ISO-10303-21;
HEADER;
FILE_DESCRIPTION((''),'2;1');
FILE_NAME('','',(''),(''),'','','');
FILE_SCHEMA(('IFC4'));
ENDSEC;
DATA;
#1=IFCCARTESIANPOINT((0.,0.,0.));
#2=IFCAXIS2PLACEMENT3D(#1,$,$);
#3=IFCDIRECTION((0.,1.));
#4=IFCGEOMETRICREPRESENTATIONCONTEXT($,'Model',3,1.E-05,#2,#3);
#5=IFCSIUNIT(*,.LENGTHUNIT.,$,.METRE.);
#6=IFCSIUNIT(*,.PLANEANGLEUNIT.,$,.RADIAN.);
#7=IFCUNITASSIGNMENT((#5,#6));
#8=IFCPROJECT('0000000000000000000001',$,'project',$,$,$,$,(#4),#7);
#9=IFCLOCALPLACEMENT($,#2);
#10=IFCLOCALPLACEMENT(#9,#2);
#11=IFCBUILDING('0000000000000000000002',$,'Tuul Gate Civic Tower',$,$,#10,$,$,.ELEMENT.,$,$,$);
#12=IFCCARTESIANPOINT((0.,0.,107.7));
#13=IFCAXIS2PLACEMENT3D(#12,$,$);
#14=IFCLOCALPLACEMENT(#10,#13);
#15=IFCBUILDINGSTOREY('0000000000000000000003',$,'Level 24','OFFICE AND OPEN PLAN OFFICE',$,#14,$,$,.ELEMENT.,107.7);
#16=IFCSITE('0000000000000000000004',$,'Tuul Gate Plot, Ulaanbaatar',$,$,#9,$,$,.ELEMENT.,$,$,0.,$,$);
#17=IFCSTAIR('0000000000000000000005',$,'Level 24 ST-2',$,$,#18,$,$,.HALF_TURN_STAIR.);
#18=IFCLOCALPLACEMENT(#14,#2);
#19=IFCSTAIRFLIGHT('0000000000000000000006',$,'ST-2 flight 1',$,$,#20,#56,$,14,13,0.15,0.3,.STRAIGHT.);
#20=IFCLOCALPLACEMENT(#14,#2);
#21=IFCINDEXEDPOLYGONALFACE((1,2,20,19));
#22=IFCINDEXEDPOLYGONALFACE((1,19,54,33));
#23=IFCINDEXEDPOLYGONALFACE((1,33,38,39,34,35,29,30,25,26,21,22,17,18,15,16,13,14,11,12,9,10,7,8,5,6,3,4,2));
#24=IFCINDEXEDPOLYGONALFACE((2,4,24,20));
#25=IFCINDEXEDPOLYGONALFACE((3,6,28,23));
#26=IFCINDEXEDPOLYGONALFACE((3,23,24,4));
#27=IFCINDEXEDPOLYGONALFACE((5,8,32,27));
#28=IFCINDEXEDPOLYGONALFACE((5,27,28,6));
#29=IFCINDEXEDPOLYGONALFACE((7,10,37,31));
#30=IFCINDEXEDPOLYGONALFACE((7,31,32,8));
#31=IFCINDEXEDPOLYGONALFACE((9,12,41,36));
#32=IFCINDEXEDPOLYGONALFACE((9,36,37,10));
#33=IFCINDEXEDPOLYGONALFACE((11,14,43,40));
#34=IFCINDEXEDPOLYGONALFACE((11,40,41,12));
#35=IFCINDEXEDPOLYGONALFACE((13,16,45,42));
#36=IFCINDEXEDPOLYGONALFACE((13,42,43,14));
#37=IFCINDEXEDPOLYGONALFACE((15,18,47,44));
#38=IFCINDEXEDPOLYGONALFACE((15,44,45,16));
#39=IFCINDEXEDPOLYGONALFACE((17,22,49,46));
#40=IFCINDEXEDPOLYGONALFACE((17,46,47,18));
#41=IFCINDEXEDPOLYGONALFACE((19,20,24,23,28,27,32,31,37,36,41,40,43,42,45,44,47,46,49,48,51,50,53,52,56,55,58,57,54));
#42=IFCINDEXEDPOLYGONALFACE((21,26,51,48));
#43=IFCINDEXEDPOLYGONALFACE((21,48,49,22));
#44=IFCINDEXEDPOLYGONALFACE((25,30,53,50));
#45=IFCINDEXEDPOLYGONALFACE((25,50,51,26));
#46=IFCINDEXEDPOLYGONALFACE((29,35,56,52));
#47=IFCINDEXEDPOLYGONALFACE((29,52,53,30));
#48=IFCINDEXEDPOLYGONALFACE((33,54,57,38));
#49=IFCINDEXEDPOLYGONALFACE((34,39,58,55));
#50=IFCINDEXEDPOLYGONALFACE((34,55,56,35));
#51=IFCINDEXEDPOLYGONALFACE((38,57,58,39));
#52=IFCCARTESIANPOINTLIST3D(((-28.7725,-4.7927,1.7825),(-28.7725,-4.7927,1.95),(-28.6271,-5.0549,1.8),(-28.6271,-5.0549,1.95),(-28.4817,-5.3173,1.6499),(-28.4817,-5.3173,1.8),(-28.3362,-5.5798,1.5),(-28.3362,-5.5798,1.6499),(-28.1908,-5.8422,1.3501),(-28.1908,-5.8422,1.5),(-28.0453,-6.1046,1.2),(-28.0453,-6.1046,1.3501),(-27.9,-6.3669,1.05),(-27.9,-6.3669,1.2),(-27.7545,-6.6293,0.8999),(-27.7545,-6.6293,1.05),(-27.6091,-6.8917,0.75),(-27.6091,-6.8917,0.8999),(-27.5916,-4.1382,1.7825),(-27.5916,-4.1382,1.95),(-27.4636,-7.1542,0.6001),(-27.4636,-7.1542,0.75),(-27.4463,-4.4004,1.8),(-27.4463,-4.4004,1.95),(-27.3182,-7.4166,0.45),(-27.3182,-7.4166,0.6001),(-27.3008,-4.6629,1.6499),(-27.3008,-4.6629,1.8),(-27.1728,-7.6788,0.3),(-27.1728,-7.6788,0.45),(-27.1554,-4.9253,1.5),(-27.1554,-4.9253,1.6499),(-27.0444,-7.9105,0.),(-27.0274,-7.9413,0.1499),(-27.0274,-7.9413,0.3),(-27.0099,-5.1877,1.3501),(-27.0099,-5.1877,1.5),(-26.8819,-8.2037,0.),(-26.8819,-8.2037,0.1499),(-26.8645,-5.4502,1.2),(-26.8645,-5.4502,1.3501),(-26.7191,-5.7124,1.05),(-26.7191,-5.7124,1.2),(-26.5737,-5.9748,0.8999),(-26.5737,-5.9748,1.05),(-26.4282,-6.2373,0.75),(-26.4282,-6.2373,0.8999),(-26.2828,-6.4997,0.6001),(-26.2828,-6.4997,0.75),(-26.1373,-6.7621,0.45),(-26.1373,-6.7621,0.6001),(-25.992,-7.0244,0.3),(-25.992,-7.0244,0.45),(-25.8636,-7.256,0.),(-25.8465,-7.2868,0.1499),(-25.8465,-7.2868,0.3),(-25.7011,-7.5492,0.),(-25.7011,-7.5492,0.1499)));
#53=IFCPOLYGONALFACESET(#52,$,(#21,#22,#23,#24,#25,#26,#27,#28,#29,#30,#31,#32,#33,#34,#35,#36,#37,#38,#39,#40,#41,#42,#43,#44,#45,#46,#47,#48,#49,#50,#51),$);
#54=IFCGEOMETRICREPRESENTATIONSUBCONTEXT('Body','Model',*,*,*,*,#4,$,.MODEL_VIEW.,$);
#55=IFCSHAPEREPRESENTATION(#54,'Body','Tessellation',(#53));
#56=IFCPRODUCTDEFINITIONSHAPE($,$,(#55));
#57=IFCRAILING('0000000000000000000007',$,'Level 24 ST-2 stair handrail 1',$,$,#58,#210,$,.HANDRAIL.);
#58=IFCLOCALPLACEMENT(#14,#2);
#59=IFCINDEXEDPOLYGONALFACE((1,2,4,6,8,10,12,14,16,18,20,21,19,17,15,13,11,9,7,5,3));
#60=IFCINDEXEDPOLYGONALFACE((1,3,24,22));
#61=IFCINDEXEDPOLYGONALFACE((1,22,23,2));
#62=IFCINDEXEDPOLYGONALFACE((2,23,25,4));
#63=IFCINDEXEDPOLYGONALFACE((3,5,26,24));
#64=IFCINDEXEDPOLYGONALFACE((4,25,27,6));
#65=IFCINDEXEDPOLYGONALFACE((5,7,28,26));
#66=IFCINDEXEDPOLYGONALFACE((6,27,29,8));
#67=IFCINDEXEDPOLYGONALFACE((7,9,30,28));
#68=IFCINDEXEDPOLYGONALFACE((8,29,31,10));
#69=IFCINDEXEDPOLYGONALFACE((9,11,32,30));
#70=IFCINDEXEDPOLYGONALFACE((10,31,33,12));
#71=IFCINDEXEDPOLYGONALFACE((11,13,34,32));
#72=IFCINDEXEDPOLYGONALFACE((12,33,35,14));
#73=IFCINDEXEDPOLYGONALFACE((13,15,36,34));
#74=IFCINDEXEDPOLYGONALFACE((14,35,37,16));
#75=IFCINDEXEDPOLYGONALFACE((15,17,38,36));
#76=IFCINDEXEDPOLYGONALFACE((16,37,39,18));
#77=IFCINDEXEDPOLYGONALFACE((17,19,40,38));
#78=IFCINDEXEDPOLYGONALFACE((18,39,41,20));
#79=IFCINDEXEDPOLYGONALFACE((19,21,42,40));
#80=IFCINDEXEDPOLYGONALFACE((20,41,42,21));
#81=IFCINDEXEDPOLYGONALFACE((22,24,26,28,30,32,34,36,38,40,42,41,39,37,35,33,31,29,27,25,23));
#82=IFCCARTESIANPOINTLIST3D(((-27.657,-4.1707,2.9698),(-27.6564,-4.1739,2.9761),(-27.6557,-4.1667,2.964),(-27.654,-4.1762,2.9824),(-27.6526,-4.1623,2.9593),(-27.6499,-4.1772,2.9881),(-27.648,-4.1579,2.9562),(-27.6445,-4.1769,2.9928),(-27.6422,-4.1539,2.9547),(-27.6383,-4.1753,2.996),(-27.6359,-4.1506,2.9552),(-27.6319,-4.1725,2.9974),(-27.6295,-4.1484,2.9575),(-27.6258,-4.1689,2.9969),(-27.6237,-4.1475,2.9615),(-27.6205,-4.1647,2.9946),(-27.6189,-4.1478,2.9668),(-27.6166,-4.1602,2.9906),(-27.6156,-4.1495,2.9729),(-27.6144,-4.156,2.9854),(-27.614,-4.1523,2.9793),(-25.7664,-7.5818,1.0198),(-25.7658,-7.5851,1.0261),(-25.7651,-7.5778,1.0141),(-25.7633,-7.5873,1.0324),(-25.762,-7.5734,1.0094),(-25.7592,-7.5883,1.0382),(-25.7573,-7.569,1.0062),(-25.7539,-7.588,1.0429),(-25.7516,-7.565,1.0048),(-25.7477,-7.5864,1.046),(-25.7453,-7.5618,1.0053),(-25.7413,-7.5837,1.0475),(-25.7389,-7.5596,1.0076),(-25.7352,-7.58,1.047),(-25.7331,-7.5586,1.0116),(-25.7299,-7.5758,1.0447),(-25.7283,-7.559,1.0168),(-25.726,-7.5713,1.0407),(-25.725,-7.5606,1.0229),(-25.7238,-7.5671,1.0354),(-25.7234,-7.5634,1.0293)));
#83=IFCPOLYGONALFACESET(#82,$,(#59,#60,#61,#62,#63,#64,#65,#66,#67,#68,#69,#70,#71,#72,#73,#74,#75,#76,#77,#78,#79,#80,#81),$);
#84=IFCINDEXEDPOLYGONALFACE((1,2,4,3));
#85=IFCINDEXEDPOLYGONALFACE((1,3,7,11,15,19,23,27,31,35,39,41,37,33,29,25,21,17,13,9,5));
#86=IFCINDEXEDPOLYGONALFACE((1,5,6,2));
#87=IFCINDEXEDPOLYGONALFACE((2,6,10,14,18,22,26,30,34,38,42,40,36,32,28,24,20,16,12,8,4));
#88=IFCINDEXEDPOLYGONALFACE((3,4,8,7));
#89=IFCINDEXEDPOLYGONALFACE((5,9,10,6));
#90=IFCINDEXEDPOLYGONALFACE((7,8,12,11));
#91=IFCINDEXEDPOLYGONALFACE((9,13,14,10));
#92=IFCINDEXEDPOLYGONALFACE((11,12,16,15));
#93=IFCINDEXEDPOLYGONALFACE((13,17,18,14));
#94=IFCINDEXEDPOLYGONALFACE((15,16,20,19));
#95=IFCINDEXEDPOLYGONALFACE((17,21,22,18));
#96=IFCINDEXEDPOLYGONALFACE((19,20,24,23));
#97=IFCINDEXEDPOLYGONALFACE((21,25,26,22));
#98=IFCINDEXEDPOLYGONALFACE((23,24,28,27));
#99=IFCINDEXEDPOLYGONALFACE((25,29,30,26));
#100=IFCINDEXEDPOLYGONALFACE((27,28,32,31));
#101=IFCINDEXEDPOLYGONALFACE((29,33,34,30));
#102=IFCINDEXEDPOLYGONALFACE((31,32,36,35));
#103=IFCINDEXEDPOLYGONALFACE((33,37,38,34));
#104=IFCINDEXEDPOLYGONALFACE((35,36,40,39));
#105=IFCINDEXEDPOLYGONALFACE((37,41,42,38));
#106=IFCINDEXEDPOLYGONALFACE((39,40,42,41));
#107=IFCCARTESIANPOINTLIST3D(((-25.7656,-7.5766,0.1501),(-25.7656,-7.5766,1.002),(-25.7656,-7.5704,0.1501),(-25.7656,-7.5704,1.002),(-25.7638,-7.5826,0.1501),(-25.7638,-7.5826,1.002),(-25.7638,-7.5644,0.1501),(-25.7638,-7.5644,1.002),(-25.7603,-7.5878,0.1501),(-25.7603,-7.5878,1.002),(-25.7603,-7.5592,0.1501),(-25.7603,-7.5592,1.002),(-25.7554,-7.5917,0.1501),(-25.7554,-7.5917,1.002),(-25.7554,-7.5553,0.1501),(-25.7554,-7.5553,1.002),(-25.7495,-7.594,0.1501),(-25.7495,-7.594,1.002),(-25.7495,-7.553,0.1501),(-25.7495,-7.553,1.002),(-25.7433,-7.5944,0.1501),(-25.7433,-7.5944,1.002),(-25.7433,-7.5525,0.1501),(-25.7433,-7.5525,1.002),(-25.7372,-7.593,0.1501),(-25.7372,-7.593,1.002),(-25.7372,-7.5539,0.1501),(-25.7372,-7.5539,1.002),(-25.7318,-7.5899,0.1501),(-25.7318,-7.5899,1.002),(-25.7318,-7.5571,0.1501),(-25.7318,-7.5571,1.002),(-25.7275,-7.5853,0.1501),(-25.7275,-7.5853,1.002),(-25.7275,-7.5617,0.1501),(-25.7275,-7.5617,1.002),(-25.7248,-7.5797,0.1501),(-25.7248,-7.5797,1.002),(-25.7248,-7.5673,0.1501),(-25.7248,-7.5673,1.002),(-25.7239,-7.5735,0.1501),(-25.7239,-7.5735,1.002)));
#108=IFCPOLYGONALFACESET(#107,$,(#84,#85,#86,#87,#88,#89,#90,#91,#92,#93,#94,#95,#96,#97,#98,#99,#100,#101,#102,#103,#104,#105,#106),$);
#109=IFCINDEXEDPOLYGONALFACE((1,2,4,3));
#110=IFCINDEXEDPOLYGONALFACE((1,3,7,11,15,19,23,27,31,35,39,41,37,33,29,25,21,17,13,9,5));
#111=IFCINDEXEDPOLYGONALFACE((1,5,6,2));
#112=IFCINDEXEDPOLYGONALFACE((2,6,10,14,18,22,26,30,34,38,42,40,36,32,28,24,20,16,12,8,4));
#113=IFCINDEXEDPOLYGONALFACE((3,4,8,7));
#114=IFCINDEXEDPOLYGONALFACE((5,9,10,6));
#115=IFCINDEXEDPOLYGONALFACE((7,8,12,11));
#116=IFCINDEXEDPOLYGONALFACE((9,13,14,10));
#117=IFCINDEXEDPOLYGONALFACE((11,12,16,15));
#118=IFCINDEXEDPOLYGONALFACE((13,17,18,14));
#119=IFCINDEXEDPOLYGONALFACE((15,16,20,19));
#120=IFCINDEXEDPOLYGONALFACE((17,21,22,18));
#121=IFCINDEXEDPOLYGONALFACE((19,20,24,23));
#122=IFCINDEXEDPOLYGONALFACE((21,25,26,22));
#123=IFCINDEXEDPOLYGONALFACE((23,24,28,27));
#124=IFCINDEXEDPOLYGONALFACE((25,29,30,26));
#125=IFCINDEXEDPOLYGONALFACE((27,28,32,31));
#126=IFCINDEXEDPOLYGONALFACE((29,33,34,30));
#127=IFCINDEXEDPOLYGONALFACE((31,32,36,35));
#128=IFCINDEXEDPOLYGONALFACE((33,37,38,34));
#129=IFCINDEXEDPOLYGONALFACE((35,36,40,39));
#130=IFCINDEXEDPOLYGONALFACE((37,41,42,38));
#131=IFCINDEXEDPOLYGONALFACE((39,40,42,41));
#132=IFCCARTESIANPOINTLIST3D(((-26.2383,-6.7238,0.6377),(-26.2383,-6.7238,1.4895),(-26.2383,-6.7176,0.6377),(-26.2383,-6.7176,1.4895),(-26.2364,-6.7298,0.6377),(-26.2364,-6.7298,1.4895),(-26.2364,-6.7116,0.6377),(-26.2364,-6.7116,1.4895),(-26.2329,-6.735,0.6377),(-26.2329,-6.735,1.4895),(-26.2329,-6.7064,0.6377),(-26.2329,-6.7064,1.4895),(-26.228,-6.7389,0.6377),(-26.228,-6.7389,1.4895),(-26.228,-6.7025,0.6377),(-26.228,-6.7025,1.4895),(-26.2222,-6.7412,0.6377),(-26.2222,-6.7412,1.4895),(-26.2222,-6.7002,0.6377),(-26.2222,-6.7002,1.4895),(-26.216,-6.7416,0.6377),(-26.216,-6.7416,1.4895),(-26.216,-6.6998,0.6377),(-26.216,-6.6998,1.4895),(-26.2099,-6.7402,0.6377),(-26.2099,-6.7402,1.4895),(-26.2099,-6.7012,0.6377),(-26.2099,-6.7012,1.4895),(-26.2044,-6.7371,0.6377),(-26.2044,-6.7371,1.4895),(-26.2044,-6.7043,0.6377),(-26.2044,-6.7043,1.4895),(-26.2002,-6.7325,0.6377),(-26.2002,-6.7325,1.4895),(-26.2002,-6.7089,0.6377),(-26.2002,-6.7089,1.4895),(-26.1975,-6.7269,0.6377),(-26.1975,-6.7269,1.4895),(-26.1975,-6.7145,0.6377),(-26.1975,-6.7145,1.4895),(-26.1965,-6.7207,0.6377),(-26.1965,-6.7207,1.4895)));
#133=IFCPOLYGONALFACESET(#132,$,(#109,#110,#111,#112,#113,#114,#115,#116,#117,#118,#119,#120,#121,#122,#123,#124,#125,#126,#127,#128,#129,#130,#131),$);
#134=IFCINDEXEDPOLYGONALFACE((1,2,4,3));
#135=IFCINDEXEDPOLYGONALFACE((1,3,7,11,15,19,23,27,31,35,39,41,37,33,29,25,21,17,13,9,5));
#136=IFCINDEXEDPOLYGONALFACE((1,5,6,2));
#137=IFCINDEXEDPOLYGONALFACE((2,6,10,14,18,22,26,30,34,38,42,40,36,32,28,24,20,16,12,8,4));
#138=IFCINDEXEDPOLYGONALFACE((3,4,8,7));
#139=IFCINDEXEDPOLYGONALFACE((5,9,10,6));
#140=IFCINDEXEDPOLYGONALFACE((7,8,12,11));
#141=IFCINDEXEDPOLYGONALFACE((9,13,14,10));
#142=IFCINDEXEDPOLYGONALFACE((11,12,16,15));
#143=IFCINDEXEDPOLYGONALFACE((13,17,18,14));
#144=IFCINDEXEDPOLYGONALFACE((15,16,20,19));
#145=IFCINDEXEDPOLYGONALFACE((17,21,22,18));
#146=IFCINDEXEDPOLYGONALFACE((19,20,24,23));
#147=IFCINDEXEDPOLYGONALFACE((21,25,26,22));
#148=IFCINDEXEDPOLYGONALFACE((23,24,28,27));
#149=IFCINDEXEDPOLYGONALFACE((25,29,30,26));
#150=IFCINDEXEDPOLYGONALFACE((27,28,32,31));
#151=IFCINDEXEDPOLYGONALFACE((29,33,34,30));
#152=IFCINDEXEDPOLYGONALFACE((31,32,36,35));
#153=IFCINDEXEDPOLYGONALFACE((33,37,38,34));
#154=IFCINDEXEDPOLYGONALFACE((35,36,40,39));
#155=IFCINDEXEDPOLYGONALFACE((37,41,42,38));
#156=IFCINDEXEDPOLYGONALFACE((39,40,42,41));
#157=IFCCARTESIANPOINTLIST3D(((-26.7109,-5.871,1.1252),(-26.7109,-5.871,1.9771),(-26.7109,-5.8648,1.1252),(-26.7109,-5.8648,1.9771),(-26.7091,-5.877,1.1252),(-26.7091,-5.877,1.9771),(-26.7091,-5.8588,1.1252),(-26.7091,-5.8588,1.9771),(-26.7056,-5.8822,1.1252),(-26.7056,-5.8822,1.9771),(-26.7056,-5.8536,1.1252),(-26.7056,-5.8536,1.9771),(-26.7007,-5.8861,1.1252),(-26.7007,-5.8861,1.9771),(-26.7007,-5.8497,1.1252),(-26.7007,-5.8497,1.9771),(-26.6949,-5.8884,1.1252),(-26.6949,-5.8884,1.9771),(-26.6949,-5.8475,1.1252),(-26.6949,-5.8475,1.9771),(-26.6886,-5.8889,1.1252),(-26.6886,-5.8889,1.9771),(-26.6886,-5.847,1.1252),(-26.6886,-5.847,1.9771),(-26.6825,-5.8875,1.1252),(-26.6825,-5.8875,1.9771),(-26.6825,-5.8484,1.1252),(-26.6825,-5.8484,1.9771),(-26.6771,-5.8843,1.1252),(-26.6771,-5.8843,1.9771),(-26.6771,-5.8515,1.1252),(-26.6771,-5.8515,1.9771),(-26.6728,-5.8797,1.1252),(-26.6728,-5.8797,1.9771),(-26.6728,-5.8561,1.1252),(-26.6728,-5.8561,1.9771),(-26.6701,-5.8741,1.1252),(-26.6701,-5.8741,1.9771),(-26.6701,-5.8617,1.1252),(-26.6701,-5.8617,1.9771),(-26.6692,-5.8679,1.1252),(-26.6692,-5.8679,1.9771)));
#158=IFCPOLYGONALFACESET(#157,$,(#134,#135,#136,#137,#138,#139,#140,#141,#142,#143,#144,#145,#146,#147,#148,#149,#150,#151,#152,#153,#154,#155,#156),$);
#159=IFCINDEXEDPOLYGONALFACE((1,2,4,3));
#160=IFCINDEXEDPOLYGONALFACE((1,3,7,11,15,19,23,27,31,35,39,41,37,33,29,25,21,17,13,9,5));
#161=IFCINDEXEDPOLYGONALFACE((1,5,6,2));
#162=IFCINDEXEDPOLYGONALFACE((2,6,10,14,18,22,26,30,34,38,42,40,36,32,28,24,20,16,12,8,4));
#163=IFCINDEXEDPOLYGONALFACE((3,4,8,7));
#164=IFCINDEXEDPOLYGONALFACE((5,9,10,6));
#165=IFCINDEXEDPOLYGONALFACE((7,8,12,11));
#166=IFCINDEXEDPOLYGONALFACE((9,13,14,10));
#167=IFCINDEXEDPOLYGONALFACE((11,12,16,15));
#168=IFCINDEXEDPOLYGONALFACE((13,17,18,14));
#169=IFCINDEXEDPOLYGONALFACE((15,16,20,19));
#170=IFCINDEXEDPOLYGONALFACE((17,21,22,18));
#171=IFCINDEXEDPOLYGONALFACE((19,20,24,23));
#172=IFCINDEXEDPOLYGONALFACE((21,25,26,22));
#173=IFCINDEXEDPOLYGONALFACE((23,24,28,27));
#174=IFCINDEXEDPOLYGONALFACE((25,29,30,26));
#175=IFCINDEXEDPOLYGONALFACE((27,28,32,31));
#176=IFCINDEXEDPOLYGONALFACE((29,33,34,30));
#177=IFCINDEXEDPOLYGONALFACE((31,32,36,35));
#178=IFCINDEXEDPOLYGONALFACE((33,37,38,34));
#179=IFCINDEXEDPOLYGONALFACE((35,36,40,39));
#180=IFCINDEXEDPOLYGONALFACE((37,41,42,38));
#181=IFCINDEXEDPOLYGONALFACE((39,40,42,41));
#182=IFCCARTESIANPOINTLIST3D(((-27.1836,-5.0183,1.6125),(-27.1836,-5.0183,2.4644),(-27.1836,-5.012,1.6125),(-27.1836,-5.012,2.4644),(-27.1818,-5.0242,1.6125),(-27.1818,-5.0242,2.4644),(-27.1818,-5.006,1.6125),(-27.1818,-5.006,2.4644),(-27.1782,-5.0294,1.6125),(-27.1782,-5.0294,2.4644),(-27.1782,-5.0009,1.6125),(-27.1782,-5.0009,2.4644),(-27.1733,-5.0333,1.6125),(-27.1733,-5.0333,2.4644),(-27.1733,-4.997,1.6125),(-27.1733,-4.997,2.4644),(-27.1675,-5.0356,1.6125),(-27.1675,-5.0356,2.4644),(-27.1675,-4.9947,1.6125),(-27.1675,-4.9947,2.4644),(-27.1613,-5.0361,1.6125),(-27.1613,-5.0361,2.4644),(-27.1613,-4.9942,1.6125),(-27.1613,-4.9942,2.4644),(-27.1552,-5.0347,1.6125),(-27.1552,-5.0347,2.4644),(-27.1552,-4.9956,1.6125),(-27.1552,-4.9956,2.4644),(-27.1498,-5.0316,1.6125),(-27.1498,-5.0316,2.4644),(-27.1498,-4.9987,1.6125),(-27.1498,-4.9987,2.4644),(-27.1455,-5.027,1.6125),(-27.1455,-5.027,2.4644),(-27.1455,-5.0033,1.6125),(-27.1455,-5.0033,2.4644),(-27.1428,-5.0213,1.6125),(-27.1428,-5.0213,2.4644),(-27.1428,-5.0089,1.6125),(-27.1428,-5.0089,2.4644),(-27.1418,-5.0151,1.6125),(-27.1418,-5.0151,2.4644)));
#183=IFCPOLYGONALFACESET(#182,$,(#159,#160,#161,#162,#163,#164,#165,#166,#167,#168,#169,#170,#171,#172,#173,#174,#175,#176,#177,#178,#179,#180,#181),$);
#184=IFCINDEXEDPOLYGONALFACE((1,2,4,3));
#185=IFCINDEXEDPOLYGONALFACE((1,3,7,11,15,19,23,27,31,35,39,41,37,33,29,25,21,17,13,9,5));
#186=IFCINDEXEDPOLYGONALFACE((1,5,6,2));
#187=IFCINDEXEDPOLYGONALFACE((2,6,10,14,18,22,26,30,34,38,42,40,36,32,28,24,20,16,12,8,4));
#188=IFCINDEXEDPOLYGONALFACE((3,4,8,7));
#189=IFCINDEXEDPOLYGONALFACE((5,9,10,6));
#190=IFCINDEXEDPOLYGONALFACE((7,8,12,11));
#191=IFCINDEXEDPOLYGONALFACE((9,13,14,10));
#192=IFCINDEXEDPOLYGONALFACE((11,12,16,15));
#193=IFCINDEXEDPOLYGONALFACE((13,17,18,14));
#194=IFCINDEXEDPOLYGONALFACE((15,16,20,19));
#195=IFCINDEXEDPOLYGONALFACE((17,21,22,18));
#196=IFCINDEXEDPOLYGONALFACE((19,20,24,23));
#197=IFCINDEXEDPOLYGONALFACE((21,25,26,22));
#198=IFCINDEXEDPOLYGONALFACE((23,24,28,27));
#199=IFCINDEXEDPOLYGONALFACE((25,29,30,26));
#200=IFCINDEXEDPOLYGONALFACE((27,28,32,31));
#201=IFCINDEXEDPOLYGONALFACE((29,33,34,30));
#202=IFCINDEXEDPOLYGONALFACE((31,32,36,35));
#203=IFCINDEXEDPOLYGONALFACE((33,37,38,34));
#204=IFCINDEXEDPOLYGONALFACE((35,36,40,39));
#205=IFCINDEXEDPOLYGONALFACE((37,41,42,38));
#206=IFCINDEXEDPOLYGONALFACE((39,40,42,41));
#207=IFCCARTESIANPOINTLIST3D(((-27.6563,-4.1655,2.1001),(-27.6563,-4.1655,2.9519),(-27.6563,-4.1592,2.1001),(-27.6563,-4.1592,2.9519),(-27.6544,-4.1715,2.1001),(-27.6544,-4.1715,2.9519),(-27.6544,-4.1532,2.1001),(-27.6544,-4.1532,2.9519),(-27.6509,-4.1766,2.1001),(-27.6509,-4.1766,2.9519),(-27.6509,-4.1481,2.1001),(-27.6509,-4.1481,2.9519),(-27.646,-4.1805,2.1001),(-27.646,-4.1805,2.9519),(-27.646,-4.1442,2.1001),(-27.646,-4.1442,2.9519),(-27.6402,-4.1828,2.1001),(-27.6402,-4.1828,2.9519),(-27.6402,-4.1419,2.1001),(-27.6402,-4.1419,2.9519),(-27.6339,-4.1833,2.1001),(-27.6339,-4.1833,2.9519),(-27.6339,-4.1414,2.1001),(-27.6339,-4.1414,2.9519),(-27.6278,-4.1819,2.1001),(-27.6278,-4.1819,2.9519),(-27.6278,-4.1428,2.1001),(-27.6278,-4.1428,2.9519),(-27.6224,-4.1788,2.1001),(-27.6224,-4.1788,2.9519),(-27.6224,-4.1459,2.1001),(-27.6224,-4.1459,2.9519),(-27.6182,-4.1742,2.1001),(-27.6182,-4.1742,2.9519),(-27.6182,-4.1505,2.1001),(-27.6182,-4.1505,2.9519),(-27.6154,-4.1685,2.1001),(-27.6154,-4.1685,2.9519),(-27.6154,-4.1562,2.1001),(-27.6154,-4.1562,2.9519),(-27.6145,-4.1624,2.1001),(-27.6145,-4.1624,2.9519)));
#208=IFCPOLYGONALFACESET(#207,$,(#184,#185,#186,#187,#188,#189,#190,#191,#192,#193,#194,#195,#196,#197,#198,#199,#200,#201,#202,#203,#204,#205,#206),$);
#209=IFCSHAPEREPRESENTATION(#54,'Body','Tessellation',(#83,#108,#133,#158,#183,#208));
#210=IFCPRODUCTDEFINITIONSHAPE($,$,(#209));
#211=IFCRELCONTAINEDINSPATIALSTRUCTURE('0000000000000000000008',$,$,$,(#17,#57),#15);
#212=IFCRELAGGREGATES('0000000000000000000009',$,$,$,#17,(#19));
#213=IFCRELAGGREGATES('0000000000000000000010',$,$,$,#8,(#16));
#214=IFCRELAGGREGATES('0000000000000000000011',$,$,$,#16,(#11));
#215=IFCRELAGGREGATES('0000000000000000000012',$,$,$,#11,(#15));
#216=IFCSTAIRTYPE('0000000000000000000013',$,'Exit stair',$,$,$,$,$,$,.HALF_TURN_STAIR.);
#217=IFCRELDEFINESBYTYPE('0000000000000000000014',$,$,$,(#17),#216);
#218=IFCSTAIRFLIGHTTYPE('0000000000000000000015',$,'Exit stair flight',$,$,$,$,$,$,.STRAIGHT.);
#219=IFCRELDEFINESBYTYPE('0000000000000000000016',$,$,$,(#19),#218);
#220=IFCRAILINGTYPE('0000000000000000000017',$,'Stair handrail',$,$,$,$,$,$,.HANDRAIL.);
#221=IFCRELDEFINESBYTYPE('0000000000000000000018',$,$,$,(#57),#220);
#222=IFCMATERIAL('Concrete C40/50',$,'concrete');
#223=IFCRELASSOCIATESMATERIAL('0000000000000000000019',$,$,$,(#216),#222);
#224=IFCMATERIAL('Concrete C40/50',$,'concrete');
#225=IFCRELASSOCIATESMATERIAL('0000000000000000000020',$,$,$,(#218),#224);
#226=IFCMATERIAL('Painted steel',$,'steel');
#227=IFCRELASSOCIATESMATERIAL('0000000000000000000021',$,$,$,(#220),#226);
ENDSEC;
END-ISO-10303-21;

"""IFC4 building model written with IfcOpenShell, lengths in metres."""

from ifc_helpers import new_model, si_unit, direction, frame, origin, origin_2d, place, context, subcontext, project, spatial, polyline, circle, outline, extrude, material, type_object, element, aggregate, save


model = new_model("IFC4")

# Units and contexts
model_context = context("Model", 3, precision=1e-05, world=origin(), true_north=direction((0.0, 1.0)))
body_context = subcontext(model_context, "Body", "Model", "MODEL_VIEW")
ifc_project = project(units=[si_unit("LENGTHUNIT", "METRE"), si_unit("PLANEANGLEUNIT", "RADIAN")], contexts=[model_context])

# Site, building, storey
site_placement = place(None, origin())
site = spatial("IfcSite", under=ifc_project, at=site_placement, Name="Tuul Gate Plot, Ulaanbaatar", CompositionType="ELEMENT", RefElevation=0.0)
building_placement = place(site_placement, origin())
building = spatial("IfcBuilding", under=site, at=building_placement, Name="Tuul Gate Civic Tower", CompositionType="ELEMENT")
storey_placement = place(building_placement, frame((0.0, 0.0, 107.7)))
storey = spatial("IfcBuildingStorey", under=building, at=storey_placement, Name="Level 24", Description="OFFICE AND OPEN PLAN OFFICE", CompositionType="ELEMENT", Elevation=107.7)

# Stair, stair flight
ifc_material_1 = material(Name="Concrete C40/50", Category="concrete")
stair_type = type_object("IfcStairType", Name="Exit stair", PredefinedType="HALF_TURN_STAIR", material=ifc_material_1)
stair_placement = place(storey_placement, origin())
stair = element("IfcStair", 1, at=stair_placement, inside=storey, type_object=stair_type, Name="Level 24 ST-2", PredefinedType="HALF_TURN_STAIR")
ifc_material_2 = material(Name="Concrete C40/50", Category="concrete")
stair_flight_type = type_object("IfcStairFlightType", Name="Exit stair flight", PredefinedType="STRAIGHT", material=ifc_material_2)
stair_flight_placement = place(storey_placement, frame((-26.2915, -7.8765, 0.0), z_axis=(0.0, 0.0, 1.0), x_axis=(-0.484762, 0.874646, 0.0)))
stair_flight = element("IfcStairFlight", 2, at=stair_flight_placement, type_object=stair_flight_type, Name="ST-2 flight 1", NumberOfRisers=14, NumberOfTreads=13, PredefinedType="STRAIGHT", RiserHeight=0.15, TreadLength=0.3, context=body_context, shape_type="SweptSolid", body=[
    extrude(outline(polyline([(0.0, 0.0), (0.0, 0.1499), (0.3, 0.1499), (0.3, 0.3), (0.6001, 0.3), (0.6001, 0.45), (0.8999, 0.45), (0.8999, 0.6001), (1.2, 0.6001), (1.2, 0.75), (1.5, 0.75), (1.5, 0.8999), (1.8, 0.8999), (1.8, 1.05), (2.1001, 1.05), (2.1001, 1.2), (2.3999, 1.2), (2.3999, 1.3501), (2.7, 1.3501), (2.7, 1.5), (3.0, 1.5), (3.0, 1.6499), (3.3, 1.6499), (3.3, 1.8), (3.6001, 1.8), (3.6001, 1.95), (3.8999, 1.95), (3.8999, 2.1001), (3.8999, 1.7825), (0.3352, 0.0), (0.0, 0.0)])), frame((0.0, 0.675, 0.0), z_axis=(0.0, -1.0, 0.0), x_axis=(1.0, 0.0, 0.0)), (0.0, 0.0, 1.0), 1.3501),
])
aggregate(stair, [stair_flight])

# Railing
ifc_material_3 = material(Name="Painted steel", Category="steel")
railing_type_1 = type_object("IfcRailingType", Name="Stair handrail", PredefinedType="HANDRAIL", material=ifc_material_3)
railing_1_placement = place(storey_placement, frame((-25.7449, -7.5735, 0.1501)))
element("IfcRailing", 3, at=railing_1_placement, inside=storey, type_object=railing_type_1, Name="Level 24 ST-2 stair handrail 1", PredefinedType="HANDRAIL", context=body_context, shape_type="SweptSolid", body=[
    extrude(circle(Radius=0.0239, at=origin_2d()), frame((0.0, 0.0, 0.876), z_axis=(-0.433595, 0.782308, 0.447201), x_axis=(-0.874641, -0.484771, 0.0)), (0.0, 0.0, 1.0), 4.3604),
    extrude(circle(Radius=0.021, at=origin_2d()), origin(), (0.0, 0.0, 1.0), 0.8518),
    extrude(circle(Radius=0.021, at=origin_2d()), frame((-0.4727, 0.8528, 0.4875)), (0.0, 0.0, 1.0), 0.8518),
    extrude(circle(Radius=0.021, at=origin_2d()), frame((-0.9453, 1.7056, 0.9751)), (0.0, 0.0, 1.0), 0.8518),
    extrude(circle(Radius=0.021, at=origin_2d()), frame((-1.418, 2.5583, 1.4624)), (0.0, 0.0, 1.0), 0.8518),
    extrude(circle(Radius=0.021, at=origin_2d()), frame((-1.8906, 3.4111, 1.95)), (0.0, 0.0, 1.0), 0.8518),
])

save(model, "model.ifc")
